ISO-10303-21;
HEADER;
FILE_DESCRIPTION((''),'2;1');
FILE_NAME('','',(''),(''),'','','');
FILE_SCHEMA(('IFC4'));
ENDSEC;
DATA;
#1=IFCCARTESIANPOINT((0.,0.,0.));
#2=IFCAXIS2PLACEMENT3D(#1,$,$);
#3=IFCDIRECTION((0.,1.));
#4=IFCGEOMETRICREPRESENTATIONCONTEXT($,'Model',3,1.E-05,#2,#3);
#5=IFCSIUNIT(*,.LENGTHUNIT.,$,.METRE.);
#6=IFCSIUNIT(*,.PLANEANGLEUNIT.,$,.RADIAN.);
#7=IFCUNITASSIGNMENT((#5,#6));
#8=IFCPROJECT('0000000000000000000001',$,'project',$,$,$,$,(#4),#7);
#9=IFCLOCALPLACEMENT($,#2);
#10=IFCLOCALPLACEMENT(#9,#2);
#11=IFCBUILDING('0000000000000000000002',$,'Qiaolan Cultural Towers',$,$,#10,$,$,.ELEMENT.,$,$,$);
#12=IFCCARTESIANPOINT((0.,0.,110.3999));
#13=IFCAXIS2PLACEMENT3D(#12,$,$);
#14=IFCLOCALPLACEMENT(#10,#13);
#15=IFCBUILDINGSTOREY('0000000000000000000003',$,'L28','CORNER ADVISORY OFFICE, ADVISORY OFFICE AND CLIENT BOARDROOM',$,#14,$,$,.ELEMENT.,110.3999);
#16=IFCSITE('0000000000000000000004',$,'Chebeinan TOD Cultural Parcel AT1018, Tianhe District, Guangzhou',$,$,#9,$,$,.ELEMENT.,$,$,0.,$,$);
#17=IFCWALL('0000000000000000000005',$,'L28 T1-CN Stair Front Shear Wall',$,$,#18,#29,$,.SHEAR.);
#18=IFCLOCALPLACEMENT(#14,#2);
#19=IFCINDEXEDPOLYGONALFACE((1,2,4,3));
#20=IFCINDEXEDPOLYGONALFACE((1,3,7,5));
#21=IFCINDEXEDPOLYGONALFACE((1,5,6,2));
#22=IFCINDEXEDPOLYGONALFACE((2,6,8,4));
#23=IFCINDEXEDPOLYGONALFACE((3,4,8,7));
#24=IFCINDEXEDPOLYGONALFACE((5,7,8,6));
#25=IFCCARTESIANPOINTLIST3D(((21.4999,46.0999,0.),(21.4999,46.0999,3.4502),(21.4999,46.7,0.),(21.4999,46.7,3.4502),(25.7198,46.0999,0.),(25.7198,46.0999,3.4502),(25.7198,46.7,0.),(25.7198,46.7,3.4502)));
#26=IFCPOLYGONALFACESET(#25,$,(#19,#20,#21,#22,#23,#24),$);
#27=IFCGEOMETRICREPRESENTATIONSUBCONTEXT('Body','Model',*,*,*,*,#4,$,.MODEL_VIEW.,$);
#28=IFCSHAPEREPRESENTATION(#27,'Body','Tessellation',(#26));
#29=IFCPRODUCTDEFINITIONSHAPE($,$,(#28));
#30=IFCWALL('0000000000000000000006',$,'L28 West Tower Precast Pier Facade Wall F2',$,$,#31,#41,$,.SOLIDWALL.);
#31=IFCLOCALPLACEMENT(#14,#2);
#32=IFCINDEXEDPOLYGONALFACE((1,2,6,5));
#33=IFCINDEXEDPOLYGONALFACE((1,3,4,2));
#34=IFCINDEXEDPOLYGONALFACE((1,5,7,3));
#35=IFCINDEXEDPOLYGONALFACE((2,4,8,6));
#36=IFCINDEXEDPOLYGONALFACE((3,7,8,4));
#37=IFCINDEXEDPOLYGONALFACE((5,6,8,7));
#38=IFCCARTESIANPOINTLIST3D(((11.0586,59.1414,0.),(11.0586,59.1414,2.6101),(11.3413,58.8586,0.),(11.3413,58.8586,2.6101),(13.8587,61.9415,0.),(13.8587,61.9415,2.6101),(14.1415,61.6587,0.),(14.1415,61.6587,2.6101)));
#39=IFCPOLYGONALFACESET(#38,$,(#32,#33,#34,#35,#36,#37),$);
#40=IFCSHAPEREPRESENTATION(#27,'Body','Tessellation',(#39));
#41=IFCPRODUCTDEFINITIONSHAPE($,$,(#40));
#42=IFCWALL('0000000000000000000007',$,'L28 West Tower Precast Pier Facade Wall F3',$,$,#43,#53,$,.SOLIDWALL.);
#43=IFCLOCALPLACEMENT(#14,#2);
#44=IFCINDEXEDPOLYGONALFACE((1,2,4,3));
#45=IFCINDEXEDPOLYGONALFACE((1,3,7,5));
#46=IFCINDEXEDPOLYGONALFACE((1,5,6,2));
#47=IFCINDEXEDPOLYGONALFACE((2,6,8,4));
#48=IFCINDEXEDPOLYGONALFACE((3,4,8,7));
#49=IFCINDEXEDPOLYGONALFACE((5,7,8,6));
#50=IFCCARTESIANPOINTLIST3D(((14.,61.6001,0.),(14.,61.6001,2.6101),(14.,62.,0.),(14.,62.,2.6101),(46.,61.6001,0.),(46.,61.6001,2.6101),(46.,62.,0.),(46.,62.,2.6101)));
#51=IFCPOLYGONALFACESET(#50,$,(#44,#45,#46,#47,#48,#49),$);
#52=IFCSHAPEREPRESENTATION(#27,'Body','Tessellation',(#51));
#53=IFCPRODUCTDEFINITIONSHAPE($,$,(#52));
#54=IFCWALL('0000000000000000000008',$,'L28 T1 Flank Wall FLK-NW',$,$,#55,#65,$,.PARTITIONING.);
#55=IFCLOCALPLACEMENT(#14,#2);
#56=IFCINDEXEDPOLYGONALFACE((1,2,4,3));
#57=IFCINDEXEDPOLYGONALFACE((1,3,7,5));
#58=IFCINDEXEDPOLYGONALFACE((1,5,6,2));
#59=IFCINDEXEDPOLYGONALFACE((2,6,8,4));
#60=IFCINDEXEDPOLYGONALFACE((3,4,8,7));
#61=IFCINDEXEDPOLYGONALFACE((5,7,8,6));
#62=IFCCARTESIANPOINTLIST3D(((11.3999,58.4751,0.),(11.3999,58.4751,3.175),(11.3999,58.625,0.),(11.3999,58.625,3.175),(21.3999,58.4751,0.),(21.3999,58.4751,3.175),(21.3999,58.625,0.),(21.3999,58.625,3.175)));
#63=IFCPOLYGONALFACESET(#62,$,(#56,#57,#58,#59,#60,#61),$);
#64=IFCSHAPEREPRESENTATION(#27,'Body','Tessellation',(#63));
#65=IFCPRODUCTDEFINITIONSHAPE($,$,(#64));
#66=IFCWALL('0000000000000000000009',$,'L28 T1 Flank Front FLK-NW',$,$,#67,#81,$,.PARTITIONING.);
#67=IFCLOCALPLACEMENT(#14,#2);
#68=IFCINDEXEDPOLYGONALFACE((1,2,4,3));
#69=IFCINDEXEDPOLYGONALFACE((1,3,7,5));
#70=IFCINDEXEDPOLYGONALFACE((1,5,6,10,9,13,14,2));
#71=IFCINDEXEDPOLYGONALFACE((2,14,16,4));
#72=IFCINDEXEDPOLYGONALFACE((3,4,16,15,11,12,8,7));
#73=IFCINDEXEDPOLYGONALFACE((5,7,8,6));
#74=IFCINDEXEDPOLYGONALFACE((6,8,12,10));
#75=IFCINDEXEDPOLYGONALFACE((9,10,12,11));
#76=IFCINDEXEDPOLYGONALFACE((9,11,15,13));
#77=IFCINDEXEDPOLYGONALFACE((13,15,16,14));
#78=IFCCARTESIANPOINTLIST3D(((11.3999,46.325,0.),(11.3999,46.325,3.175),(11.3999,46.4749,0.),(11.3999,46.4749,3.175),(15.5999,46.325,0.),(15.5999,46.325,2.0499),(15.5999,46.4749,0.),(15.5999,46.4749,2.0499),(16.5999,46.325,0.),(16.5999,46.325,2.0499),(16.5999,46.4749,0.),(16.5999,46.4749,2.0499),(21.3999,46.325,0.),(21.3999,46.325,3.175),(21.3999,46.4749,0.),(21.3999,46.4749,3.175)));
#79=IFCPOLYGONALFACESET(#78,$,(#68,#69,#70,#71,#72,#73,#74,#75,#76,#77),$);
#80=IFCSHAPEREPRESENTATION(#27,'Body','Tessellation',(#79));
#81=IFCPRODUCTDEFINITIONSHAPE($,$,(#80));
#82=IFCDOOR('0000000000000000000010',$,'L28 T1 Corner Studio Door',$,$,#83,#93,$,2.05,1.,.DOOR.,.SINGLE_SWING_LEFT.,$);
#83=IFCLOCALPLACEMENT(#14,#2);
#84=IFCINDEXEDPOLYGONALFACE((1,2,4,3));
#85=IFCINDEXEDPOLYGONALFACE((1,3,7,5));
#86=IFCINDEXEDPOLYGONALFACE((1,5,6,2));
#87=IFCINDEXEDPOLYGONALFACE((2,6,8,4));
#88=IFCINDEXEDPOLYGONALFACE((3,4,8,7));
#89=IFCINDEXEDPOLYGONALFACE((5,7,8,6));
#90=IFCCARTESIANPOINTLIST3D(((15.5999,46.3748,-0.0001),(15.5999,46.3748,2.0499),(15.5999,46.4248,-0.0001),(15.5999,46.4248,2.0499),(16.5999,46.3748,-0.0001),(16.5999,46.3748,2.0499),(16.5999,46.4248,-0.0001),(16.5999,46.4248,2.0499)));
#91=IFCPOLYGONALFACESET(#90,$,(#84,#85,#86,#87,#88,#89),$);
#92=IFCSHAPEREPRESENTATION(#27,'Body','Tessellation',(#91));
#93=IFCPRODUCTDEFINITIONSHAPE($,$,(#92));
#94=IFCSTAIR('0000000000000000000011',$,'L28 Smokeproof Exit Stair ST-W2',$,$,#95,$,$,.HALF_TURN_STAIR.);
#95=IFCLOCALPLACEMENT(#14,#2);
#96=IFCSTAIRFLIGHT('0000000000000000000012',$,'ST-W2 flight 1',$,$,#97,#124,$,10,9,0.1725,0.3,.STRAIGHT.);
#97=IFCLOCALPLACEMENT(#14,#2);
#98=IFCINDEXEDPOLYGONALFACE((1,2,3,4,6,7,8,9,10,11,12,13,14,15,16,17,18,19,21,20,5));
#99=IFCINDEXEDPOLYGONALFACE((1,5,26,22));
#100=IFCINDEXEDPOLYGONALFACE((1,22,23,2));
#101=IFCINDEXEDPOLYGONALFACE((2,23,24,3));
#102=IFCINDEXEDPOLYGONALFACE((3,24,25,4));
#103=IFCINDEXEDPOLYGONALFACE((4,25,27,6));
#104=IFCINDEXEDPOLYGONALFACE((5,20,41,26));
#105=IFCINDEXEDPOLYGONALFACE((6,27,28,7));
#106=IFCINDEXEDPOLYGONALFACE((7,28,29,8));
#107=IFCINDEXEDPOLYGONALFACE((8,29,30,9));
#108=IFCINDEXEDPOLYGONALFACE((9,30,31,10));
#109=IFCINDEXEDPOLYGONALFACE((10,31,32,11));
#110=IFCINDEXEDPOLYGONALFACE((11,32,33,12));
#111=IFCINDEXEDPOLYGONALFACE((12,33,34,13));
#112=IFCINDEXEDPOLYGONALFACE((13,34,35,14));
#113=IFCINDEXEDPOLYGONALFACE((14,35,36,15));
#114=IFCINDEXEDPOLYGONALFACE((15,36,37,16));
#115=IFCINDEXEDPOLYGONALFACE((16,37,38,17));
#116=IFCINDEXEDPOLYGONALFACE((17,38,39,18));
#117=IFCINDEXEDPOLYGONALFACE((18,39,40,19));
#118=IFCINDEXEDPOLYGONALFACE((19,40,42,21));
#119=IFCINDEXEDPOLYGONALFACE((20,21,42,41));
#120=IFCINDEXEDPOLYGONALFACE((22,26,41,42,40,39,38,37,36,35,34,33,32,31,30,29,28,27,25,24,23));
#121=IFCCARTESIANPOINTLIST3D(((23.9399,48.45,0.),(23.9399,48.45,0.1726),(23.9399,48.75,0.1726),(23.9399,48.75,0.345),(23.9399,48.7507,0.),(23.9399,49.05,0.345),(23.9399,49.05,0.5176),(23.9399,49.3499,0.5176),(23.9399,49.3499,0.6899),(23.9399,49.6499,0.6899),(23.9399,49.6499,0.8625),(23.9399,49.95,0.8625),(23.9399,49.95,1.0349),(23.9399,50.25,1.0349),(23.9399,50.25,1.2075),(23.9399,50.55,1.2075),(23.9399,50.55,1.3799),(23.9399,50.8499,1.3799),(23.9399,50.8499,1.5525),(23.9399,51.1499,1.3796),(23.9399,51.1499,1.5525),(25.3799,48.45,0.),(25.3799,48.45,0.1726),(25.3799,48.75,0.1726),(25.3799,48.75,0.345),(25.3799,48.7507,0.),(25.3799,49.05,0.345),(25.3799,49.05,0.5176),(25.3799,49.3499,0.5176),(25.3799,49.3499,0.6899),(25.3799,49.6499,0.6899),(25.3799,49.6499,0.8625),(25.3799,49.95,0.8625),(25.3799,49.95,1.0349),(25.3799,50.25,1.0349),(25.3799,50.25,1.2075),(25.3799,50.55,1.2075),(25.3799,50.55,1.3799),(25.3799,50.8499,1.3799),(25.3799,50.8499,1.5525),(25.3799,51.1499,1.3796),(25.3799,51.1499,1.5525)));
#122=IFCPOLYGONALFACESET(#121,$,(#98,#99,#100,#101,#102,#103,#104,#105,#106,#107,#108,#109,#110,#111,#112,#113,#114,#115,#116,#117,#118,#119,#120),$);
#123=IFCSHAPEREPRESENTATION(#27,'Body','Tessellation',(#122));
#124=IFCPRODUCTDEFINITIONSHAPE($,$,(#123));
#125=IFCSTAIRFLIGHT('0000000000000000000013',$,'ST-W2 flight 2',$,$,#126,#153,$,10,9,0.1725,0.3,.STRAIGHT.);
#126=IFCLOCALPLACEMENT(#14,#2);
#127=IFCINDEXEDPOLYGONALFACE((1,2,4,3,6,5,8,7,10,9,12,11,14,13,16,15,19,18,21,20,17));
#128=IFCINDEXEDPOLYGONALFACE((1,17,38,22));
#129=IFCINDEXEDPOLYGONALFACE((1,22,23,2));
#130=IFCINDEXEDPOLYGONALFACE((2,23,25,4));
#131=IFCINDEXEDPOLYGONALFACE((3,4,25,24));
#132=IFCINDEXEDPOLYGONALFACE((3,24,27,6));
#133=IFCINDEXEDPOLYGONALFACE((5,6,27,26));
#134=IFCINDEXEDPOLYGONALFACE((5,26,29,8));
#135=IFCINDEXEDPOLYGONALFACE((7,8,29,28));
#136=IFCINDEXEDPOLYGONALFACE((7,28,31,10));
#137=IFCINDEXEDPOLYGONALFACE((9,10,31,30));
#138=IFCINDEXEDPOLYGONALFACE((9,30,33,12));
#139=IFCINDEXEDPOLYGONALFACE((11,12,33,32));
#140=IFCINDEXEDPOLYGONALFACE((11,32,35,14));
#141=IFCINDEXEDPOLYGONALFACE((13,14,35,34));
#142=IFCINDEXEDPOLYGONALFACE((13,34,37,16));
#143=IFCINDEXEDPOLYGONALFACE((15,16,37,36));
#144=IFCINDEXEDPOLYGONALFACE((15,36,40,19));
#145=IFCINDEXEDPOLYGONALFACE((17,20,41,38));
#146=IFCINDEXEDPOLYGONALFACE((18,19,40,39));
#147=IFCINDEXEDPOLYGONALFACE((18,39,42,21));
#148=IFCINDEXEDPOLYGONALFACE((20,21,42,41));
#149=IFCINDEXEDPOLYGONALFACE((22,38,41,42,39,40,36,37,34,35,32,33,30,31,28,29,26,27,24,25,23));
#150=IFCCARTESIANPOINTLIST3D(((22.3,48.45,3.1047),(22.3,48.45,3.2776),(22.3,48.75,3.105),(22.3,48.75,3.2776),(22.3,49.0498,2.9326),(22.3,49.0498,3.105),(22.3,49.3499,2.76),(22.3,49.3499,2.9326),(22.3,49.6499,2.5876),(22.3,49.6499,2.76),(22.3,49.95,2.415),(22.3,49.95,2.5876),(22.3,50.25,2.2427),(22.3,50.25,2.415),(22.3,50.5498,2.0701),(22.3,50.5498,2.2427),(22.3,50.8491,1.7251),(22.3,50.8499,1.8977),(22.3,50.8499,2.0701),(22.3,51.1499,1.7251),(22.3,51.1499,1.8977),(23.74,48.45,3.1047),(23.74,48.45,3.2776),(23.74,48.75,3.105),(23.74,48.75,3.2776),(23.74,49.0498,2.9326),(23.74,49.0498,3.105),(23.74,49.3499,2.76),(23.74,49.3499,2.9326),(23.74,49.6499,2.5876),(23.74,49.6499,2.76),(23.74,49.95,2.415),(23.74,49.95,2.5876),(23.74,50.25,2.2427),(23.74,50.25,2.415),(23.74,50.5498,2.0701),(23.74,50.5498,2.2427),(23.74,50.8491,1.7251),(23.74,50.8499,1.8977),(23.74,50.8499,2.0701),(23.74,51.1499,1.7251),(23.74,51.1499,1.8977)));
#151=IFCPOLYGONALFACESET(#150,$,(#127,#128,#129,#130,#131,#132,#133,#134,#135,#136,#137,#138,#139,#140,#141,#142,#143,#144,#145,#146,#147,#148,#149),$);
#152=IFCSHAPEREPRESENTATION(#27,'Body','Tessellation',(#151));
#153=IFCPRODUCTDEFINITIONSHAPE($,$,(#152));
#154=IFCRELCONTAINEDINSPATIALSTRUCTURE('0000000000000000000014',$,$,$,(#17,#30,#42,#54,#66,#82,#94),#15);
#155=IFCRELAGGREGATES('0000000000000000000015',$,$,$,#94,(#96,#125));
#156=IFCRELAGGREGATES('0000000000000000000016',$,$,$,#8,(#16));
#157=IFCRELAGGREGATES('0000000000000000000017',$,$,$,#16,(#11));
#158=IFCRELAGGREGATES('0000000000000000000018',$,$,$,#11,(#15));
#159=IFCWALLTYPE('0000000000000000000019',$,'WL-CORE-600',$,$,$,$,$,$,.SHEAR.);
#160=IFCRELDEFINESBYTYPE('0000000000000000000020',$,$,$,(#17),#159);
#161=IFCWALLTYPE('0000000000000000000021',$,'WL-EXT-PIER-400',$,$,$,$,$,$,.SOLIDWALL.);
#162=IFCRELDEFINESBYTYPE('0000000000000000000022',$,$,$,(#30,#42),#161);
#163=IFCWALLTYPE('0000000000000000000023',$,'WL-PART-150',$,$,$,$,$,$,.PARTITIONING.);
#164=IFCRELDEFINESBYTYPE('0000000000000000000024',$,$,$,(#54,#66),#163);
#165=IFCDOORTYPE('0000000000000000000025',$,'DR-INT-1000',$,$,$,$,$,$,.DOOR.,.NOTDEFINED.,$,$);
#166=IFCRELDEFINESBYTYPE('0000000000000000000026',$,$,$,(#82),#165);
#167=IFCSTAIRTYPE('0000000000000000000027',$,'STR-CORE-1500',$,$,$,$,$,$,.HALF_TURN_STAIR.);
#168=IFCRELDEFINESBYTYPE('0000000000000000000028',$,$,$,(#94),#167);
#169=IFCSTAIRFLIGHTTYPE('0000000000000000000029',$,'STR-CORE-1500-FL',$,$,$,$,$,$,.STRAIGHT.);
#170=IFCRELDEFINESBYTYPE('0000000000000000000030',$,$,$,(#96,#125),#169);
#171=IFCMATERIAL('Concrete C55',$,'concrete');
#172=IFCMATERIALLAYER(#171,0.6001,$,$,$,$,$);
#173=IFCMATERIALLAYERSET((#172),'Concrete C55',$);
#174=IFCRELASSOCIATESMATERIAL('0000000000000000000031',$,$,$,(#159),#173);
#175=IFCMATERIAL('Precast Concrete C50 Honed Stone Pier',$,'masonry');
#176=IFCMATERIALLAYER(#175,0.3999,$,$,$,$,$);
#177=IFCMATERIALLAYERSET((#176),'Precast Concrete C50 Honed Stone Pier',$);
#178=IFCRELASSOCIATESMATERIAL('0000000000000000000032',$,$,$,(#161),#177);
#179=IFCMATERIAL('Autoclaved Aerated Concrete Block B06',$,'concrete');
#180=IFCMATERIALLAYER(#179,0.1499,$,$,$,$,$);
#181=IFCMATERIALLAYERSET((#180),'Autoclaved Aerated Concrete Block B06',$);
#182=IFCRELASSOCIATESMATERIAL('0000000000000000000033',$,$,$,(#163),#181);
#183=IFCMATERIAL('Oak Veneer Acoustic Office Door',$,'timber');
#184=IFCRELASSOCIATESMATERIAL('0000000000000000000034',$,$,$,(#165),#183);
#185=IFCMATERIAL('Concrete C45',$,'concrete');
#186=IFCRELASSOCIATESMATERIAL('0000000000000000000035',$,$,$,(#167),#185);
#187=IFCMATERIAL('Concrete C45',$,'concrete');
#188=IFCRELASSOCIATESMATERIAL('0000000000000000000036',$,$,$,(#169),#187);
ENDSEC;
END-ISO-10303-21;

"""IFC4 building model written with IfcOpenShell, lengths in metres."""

from ifc_helpers import new_model, si_unit, direction, frame, frame_2d, origin, place, context, subcontext, project, spatial, polyline, rectangle, outline, extrude, material, layer, layer_set, type_object, element, fill, aggregate, save


model = new_model("IFC4")

# Units and contexts
model_context = context("Model", 3, precision=1e-05, world=origin(), true_north=direction((0.0, 1.0)))
body_context = subcontext(model_context, "Body", "Model", "MODEL_VIEW")
ifc_project = project(units=[si_unit("LENGTHUNIT", "METRE"), si_unit("PLANEANGLEUNIT", "RADIAN")], contexts=[model_context])

# Site, building, storey
site_placement = place(None, origin())
site = spatial("IfcSite", under=ifc_project, at=site_placement, Name="Chebeinan TOD Cultural Parcel AT1018, Tianhe District, Guangzhou", CompositionType="ELEMENT", RefElevation=0.0)
building_placement = place(site_placement, origin())
building = spatial("IfcBuilding", under=site, at=building_placement, Name="Qiaolan Cultural Towers", CompositionType="ELEMENT")
storey_placement = place(building_placement, frame((0.0, 0.0, 110.3999)))
storey = spatial("IfcBuildingStorey", under=building, at=storey_placement, Name="L28", Description="CORNER ADVISORY OFFICE, ADVISORY OFFICE AND CLIENT BOARDROOM", CompositionType="ELEMENT", Elevation=110.3999)

# Walls
ifc_material_1 = material(Name="Concrete C55", Category="concrete")
ifc_layer_1 = layer(ifc_material_1, 0.6001)
ifc_layer_set_1 = layer_set([ifc_layer_1], Name="Concrete C55")
wall_type_1 = type_object("IfcWallType", Name="WL-CORE-600", PredefinedType="SHEAR", material=ifc_layer_set_1)
wall_1_placement = place(storey_placement, frame((21.5, 46.3999, 0.0), z_axis=(0.0, 0.0, 1.0), x_axis=(1.0, 0.0, 0.0)))
element("IfcWall", 1, at=wall_1_placement, inside=storey, type_object=wall_type_1, Name="L28 T1-CN Stair Front Shear Wall", PredefinedType="SHEAR", context=body_context, shape_type="SweptSolid", body=[
    extrude(rectangle(XDim=4.22, YDim=0.6001, at=frame_2d((2.1099, 0.0))), origin(), (0.0, 0.0, 1.0), 3.4502),
])
ifc_material_2 = material(Name="Precast Concrete C50 Honed Stone Pier", Category="masonry")
ifc_layer_2 = layer(ifc_material_2, 0.3999)
ifc_layer_set_2 = layer_set([ifc_layer_2], Name="Precast Concrete C50 Honed Stone Pier")
wall_type_2 = type_object("IfcWallType", Name="WL-EXT-PIER-400", PredefinedType="SOLIDWALL", material=ifc_layer_set_2)
wall_2_placement = place(storey_placement, frame((11.2, 59.0, 0.0), z_axis=(0.0, 0.0, 1.0), x_axis=(0.707107, 0.707107, 0.0)))
element("IfcWall", 2, at=wall_2_placement, inside=storey, type_object=wall_type_2, Name="L28 West Tower Precast Pier Facade Wall F2", PredefinedType="SOLIDWALL", context=body_context, shape_type="SweptSolid", body=[
    extrude(rectangle(XDim=3.96, YDim=0.3999, at=frame_2d((1.98, 0.0))), origin(), (0.0, 0.0, 1.0), 2.6101),
])
wall_3_placement = place(storey_placement, frame((14.0, 61.8, 0.0), z_axis=(0.0, 0.0, 1.0), x_axis=(1.0, 0.0, 0.0)))
element("IfcWall", 3, at=wall_3_placement, inside=storey, type_object=wall_type_2, Name="L28 West Tower Precast Pier Facade Wall F3", PredefinedType="SOLIDWALL", context=body_context, shape_type="SweptSolid", body=[
    extrude(rectangle(XDim=32.0, YDim=0.3999, at=frame_2d((16.0, 0.0))), origin(), (0.0, 0.0, 1.0), 2.6101),
])
ifc_material_3 = material(Name="Autoclaved Aerated Concrete Block B06", Category="concrete")
ifc_layer_3 = layer(ifc_material_3, 0.1499)
ifc_layer_set_3 = layer_set([ifc_layer_3], Name="Autoclaved Aerated Concrete Block B06")
wall_type_3 = type_object("IfcWallType", Name="WL-PART-150", PredefinedType="PARTITIONING", material=ifc_layer_set_3)
wall_4_placement = place(storey_placement, frame((11.3999, 58.55, 0.0), z_axis=(0.0, 0.0, 1.0), x_axis=(1.0, 0.0, 0.0)))
element("IfcWall", 4, at=wall_4_placement, inside=storey, type_object=wall_type_3, Name="L28 T1 Flank Wall FLK-NW", PredefinedType="PARTITIONING", context=body_context, shape_type="SweptSolid", body=[
    extrude(rectangle(XDim=10.0, YDim=0.1499, at=frame_2d((5.0, 0.0))), origin(), (0.0, 0.0, 1.0), 3.175),
])

# Wall, opening, door
wall_5_placement = place(storey_placement, frame((11.3999, 46.3999, 0.0), z_axis=(0.0, 0.0, 1.0), x_axis=(1.0, 0.0, 0.0)))
wall_5 = element("IfcWall", 5, at=wall_5_placement, inside=storey, type_object=wall_type_3, Name="L28 T1 Flank Front FLK-NW", PredefinedType="PARTITIONING", context=body_context, shape_type="SweptSolid", body=[
    extrude(rectangle(XDim=10.0, YDim=0.1499, at=frame_2d((5.0, 0.0))), origin(), (0.0, 0.0, 1.0), 3.175),
])
opening_placement = place(wall_5_placement, frame((4.2, 0.0, 0.0)))
opening = element("IfcOpeningElement", 6, at=opening_placement, cuts=wall_5, PredefinedType="OPENING", context=body_context, shape_type="SweptSolid", body=[
    extrude(rectangle(XDim=1.0, YDim=2.05, at=frame_2d((0.5, 1.0249))), frame((0.0, 0.085, 0.0), z_axis=(0.0, -1.0, 0.0), x_axis=(1.0, 0.0, 0.0)), (0.0, 0.0, 1.0), 0.1699),
])
ifc_material_4 = material(Name="Oak Veneer Acoustic Office Door", Category="timber")
door_type = type_object("IfcDoorType", Name="DR-INT-1000", OperationType="NOTDEFINED", PredefinedType="DOOR", material=ifc_material_4)
door_placement = place(opening_placement, origin())
door = element("IfcDoor", 7, at=door_placement, inside=storey, type_object=door_type, Name="L28 T1 Corner Studio Door", OperationType="SINGLE_SWING_LEFT", OverallHeight=2.05, OverallWidth=1.0, PredefinedType="DOOR", context=body_context, shape_type="SweptSolid", body=[
    extrude(rectangle(XDim=1.0, YDim=2.05, at=frame_2d((0.5, 1.0249))), frame((0.0, 0.0249, 0.0), z_axis=(0.0, -1.0, 0.0), x_axis=(1.0, 0.0, 0.0)), (0.0, 0.0, 1.0), 0.05),
])
fill(opening, door)

# Stair, stair flights
ifc_material_5 = material(Name="Concrete C45", Category="concrete")
stair_type = type_object("IfcStairType", Name="STR-CORE-1500", PredefinedType="HALF_TURN_STAIR", material=ifc_material_5)
stair_placement = place(storey_placement, origin())
stair = element("IfcStair", 8, at=stair_placement, inside=storey, type_object=stair_type, Name="L28 Smokeproof Exit Stair ST-W2", PredefinedType="HALF_TURN_STAIR")
ifc_material_6 = material(Name="Concrete C45", Category="concrete")
stair_flight_type = type_object("IfcStairFlightType", Name="STR-CORE-1500-FL", PredefinedType="STRAIGHT", material=ifc_material_6)
stair_flight_1_placement = place(storey_placement, frame((24.6599, 48.45, 0.0), z_axis=(0.0, 0.0, 1.0), x_axis=(0.0, 1.0, 0.0)))
stair_flight_1 = element("IfcStairFlight", 9, at=stair_flight_1_placement, type_object=stair_flight_type, Name="ST-W2 flight 1", NumberOfRisers=10, NumberOfTreads=9, PredefinedType="STRAIGHT", RiserHeight=0.1725, TreadLength=0.3, context=body_context, shape_type="SweptSolid", body=[
    extrude(outline(polyline([(0.0, 0.0), (0.0, 0.1726), (0.3, 0.1726), (0.3, 0.345), (0.6001, 0.345), (0.6001, 0.5176), (0.8999, 0.5176), (0.8999, 0.6899), (1.2, 0.6899), (1.2, 0.8625), (1.5, 0.8625), (1.5, 1.0349), (1.8, 1.0349), (1.8, 1.2075), (2.1001, 1.2075), (2.1001, 1.3799), (2.3999, 1.3799), (2.3999, 1.5525), (2.7, 1.5525), (2.7, 1.7251), (2.7, 1.3796), (0.3008, 0.0), (0.0, 0.0)])), frame((0.0, 0.72, 0.0), z_axis=(0.0, -1.0, 0.0), x_axis=(1.0, 0.0, 0.0)), (0.0, 0.0, 1.0), 1.4399),
])
stair_flight_2_placement = place(storey_placement, frame((23.02, 51.1499, 1.7251), z_axis=(0.0, 0.0, 1.0), x_axis=(0.0, -1.0, 0.0)))
stair_flight_2 = element("IfcStairFlight", 10, at=stair_flight_2_placement, type_object=stair_flight_type, Name="ST-W2 flight 2", NumberOfRisers=10, NumberOfTreads=9, PredefinedType="STRAIGHT", RiserHeight=0.1725, TreadLength=0.3, context=body_context, shape_type="SweptSolid", body=[
    extrude(outline(polyline([(0.0, 0.0), (0.0, 0.1726), (0.3, 0.1726), (0.3, 0.345), (0.6001, 0.345), (0.6001, 0.5176), (0.8999, 0.5176), (0.8999, 0.6899), (1.2, 0.6899), (1.2, 0.8625), (1.5, 0.8625), (1.5, 1.0349), (1.8, 1.0349), (1.8, 1.2075), (2.1001, 1.2075), (2.1001, 1.3799), (2.3999, 1.3799), (2.3999, 1.5525), (2.7, 1.5525), (2.7, 1.7251), (2.7, 1.3796), (0.3008, 0.0), (0.0, 0.0)])), frame((0.0, 0.72, 0.0), z_axis=(0.0, -1.0, 0.0), x_axis=(1.0, 0.0, 0.0)), (0.0, 0.0, 1.0), 1.4399),
])
aggregate(stair, [stair_flight_1, stair_flight_2])

save(model, "model.ifc")
